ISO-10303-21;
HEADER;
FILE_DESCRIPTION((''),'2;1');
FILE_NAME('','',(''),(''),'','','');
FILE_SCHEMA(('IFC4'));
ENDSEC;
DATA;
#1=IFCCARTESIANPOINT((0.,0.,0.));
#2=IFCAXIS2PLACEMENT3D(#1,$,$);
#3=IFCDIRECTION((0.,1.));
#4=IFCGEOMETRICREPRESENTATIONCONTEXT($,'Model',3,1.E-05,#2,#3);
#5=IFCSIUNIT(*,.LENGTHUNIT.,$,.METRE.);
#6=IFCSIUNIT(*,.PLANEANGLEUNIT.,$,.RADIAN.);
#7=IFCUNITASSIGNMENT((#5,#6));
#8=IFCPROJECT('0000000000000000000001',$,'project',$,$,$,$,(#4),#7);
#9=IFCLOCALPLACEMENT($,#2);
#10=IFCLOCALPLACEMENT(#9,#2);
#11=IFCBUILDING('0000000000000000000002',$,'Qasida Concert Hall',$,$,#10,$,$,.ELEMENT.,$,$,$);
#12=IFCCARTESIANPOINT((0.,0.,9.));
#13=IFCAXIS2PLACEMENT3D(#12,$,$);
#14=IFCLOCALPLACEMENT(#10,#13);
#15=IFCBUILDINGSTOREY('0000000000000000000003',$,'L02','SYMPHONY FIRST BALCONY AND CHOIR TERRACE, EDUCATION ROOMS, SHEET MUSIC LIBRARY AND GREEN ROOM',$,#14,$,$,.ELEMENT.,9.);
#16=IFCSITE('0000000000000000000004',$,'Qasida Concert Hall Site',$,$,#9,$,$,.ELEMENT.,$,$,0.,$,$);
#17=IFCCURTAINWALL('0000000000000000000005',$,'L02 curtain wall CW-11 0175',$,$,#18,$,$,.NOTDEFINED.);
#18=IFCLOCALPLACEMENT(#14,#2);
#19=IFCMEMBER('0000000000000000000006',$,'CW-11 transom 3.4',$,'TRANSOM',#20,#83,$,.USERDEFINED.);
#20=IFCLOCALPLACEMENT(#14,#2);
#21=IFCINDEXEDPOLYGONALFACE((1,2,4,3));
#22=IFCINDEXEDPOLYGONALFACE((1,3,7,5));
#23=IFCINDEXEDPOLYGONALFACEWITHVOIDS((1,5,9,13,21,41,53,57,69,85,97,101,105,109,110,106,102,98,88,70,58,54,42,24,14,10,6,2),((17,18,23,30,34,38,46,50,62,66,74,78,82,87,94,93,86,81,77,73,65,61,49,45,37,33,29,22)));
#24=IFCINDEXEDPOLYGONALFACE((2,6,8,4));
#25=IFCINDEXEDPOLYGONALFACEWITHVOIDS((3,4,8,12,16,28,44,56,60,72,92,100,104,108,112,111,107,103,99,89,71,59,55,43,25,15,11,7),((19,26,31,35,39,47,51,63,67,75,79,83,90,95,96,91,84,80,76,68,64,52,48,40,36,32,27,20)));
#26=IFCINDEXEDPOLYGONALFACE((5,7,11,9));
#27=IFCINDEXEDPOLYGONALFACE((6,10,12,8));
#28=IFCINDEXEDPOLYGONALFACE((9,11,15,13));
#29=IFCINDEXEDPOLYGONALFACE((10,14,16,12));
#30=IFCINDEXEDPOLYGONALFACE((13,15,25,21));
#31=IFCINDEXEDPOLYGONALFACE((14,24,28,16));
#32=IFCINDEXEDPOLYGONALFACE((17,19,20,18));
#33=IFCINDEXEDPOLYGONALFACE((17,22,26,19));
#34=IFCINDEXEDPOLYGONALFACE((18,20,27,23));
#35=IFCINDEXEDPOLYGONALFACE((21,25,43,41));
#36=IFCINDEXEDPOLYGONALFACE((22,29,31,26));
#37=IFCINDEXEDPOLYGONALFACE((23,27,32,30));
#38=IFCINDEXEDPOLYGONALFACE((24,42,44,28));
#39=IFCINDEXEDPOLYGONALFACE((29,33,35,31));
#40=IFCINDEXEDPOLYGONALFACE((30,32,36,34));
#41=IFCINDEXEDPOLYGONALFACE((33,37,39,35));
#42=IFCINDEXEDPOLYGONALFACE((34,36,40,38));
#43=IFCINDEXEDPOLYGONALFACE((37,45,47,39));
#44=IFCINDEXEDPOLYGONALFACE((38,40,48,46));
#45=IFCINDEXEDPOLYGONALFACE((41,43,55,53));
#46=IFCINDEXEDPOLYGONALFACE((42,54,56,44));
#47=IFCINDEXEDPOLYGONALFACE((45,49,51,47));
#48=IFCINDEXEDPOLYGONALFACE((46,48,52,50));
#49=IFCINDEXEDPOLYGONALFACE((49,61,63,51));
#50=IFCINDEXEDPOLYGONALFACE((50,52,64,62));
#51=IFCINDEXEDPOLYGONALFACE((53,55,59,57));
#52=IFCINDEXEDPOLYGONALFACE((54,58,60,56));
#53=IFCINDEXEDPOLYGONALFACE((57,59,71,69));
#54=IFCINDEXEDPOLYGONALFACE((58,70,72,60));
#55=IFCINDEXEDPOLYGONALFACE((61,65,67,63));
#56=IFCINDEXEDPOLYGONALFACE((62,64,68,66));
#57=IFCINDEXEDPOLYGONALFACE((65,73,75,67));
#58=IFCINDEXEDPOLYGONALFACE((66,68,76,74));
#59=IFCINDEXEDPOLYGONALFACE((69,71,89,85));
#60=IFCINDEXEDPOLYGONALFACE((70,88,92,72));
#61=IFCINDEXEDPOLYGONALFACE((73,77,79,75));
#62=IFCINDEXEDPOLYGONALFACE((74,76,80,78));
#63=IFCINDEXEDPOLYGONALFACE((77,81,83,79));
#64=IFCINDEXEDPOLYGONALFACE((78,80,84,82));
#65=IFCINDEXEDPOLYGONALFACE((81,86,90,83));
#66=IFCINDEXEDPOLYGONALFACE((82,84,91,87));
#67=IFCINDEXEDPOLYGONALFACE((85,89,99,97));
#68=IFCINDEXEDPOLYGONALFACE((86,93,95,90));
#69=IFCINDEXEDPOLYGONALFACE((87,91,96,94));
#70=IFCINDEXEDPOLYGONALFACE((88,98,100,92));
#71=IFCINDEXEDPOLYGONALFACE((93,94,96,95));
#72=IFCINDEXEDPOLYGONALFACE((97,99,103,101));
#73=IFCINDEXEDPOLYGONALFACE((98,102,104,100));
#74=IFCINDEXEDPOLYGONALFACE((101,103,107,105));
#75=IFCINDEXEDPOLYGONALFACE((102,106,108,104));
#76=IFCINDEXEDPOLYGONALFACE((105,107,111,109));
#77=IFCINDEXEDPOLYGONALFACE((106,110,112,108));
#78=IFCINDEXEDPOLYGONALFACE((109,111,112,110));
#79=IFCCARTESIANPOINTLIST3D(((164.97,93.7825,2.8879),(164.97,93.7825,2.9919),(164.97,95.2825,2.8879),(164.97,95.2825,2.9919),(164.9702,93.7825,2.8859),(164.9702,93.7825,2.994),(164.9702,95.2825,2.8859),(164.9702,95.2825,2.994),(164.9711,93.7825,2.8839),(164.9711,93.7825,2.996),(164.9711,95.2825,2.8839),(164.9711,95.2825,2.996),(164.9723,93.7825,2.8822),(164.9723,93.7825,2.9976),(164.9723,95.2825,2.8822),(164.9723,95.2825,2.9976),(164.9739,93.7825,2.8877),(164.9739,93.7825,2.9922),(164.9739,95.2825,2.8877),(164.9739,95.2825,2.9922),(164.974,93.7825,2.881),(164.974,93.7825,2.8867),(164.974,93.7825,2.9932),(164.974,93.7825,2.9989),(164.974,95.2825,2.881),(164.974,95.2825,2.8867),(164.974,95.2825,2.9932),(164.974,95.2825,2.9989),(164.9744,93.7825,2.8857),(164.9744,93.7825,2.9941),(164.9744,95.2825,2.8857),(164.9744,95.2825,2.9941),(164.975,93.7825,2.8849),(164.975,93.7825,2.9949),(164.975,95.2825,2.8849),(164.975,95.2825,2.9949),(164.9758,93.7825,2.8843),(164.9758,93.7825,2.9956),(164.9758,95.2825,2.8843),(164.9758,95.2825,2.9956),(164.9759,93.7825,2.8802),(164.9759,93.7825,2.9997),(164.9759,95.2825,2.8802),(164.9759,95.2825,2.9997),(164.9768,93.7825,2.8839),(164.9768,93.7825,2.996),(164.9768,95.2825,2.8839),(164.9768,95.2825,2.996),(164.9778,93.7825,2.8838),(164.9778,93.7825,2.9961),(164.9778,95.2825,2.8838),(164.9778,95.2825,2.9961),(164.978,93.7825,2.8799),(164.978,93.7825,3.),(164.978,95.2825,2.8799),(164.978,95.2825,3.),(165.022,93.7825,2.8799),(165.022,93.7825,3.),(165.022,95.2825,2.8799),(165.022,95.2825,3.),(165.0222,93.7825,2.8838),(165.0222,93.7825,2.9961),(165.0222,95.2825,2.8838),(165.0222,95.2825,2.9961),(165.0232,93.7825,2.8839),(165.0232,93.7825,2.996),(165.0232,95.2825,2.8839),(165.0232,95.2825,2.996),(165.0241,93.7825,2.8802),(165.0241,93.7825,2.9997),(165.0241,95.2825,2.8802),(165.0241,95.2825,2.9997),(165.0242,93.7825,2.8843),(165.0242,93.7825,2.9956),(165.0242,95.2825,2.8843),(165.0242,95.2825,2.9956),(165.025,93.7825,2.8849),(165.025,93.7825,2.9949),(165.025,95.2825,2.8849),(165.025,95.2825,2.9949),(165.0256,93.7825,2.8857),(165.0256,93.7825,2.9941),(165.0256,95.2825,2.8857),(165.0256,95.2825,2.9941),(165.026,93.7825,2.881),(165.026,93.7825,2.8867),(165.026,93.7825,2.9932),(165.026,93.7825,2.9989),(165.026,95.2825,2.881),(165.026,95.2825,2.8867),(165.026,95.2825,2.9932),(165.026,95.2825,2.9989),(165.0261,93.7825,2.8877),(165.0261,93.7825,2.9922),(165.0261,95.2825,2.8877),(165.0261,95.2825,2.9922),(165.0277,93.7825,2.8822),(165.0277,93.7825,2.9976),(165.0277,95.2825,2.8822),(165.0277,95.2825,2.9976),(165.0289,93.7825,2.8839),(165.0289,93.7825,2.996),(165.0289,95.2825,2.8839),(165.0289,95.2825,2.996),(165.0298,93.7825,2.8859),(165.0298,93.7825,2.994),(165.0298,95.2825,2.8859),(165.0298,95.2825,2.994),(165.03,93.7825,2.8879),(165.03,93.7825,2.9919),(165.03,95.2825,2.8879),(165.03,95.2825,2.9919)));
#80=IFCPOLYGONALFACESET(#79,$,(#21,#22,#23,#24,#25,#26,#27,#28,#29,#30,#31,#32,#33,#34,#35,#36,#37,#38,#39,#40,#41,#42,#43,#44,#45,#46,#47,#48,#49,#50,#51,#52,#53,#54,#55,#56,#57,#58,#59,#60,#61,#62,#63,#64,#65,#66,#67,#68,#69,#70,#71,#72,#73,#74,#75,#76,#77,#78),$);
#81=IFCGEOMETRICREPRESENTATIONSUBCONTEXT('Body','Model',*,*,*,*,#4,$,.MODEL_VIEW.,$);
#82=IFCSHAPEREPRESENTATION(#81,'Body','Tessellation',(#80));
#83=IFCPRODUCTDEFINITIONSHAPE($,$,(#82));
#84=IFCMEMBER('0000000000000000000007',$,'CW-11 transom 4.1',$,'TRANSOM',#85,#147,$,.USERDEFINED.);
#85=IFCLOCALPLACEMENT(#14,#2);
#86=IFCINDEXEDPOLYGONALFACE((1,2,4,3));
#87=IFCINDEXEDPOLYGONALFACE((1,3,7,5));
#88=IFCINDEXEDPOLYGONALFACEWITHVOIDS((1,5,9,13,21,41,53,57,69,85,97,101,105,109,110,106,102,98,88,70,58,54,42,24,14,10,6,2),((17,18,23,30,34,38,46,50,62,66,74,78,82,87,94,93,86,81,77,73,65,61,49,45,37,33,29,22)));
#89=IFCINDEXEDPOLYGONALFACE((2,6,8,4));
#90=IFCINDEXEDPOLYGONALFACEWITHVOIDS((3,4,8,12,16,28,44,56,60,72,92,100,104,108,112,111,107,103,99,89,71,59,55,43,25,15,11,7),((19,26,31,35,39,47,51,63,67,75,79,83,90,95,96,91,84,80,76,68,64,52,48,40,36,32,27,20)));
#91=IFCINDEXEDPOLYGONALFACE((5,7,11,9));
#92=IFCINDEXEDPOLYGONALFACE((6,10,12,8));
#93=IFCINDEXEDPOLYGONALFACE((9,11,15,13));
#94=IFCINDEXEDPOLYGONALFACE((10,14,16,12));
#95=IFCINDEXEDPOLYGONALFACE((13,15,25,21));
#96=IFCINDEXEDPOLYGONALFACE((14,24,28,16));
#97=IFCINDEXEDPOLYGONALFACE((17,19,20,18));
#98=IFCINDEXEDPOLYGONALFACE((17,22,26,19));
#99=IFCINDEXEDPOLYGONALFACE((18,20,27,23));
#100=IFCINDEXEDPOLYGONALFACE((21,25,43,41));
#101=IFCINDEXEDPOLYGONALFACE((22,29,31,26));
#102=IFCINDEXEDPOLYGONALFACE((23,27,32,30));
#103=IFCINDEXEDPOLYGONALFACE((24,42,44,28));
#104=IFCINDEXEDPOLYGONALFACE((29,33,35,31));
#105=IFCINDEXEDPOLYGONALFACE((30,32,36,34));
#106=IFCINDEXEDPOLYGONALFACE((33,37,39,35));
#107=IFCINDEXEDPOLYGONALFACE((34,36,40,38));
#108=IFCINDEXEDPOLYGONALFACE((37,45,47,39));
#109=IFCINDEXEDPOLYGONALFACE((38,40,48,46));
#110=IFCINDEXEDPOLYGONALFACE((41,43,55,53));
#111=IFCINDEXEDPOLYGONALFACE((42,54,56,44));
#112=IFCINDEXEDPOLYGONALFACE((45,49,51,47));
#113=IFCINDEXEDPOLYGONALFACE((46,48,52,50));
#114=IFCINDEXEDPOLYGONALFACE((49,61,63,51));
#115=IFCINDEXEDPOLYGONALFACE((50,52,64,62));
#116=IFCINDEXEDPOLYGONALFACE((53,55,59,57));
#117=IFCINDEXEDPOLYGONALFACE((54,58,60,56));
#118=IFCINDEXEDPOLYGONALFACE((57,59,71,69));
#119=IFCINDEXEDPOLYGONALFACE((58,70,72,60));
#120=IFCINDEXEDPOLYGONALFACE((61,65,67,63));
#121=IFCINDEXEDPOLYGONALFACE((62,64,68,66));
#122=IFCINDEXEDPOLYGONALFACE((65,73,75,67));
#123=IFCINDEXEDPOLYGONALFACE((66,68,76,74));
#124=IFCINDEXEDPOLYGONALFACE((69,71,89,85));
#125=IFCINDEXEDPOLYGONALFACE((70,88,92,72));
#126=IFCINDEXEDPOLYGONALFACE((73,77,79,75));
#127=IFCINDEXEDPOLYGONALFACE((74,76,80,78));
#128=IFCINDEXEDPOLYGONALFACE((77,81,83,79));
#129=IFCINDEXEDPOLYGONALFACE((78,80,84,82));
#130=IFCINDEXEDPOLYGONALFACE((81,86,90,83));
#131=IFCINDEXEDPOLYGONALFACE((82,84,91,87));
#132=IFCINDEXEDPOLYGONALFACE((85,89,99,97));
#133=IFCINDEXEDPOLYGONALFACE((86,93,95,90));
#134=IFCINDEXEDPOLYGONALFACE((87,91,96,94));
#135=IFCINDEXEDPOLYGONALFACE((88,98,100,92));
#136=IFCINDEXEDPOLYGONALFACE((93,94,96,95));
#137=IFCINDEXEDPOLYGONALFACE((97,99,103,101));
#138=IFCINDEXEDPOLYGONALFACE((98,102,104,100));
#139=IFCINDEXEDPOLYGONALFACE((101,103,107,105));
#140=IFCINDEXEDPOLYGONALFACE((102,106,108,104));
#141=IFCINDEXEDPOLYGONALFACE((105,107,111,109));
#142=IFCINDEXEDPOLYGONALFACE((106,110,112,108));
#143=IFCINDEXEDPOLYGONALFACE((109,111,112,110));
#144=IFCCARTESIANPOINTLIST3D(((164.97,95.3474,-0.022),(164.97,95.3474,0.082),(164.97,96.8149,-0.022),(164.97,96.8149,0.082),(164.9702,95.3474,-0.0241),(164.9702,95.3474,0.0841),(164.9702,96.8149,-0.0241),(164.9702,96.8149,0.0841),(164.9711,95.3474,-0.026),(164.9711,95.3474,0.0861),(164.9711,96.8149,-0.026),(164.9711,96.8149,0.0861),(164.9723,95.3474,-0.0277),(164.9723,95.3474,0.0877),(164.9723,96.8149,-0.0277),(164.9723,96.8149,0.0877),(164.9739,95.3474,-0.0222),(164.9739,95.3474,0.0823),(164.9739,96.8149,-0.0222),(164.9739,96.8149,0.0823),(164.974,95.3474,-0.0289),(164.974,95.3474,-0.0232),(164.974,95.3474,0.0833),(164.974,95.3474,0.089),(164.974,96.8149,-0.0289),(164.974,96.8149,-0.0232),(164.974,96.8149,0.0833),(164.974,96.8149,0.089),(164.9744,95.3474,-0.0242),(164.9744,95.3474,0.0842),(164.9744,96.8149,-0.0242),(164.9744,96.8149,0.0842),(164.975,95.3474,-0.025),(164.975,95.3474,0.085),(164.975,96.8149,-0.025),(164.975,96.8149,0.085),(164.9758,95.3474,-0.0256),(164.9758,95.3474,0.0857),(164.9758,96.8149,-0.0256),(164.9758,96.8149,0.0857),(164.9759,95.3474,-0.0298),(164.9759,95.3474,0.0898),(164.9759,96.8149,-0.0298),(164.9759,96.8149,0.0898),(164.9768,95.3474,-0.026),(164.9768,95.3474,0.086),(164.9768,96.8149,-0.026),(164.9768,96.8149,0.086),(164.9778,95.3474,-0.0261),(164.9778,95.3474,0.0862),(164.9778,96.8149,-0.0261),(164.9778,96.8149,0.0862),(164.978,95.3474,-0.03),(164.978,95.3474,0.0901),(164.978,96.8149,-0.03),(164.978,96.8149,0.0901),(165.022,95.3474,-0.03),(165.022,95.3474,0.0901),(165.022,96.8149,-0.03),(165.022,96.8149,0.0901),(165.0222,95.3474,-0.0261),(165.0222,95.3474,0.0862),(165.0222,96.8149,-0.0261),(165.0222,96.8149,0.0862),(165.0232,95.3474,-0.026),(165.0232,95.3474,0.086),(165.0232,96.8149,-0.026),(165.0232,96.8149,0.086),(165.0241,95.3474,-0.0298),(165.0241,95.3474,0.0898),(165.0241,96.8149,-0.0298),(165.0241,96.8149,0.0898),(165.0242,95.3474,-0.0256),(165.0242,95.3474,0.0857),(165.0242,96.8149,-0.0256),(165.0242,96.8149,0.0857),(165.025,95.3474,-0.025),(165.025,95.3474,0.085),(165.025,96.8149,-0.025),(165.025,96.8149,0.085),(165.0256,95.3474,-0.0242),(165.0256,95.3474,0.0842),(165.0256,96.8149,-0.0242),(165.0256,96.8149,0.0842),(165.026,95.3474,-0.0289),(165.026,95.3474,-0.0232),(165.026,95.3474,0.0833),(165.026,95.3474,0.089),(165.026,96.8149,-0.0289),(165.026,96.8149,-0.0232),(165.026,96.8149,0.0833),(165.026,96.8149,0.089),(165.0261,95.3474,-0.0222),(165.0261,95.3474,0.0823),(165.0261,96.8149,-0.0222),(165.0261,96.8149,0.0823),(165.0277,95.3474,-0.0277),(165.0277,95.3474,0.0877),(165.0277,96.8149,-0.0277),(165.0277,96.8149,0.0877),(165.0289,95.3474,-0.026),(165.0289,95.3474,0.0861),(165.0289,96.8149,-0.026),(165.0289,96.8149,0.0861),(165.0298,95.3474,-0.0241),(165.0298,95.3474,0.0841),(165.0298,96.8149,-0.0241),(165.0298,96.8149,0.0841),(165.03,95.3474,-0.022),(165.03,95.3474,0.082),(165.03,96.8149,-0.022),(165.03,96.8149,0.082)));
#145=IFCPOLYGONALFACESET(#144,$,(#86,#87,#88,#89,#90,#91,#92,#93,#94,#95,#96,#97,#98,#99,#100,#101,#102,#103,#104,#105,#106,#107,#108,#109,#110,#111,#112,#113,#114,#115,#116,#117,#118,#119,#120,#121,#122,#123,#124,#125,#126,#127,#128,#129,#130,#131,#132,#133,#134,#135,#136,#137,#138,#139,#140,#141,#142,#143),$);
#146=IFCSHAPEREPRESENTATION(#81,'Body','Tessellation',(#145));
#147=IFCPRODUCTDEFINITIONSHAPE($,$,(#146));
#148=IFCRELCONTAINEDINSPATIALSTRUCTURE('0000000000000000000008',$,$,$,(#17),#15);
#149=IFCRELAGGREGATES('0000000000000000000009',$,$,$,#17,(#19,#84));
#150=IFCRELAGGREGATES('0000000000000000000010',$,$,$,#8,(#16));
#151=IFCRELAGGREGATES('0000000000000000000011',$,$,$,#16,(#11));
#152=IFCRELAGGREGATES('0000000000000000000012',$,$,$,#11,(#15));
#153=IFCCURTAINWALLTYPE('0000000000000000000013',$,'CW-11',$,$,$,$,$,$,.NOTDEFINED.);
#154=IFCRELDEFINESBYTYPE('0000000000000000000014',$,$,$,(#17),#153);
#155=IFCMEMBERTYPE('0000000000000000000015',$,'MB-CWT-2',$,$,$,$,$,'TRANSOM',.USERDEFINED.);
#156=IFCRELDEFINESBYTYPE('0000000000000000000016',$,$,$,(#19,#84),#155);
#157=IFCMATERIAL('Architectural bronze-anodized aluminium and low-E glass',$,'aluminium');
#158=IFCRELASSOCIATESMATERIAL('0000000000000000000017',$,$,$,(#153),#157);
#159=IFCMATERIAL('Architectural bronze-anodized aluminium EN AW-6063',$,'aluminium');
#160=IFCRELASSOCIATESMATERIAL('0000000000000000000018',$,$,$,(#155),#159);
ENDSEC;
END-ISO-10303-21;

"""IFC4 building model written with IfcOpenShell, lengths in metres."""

from ifc_helpers import new_model, si_unit, direction, frame, origin, origin_2d, place, context, subcontext, project, spatial, hollow_rectangle, extrude, material, material_profile, profile_set, type_object, element, aggregate, save


model = new_model("IFC4")

# Units and contexts
model_context = context("Model", 3, precision=1e-05, world=origin(), true_north=direction((0.0, 1.0)))
body_context = subcontext(model_context, "Body", "Model", "MODEL_VIEW")
ifc_project = project(units=[si_unit("LENGTHUNIT", "METRE"), si_unit("PLANEANGLEUNIT", "RADIAN")], contexts=[model_context])

# Site, building, storey
site_placement = place(None, origin())
site = spatial("IfcSite", under=ifc_project, at=site_placement, Name="Qasida Concert Hall Site", CompositionType="ELEMENT", RefElevation=0.0)
building_placement = place(site_placement, origin())
building = spatial("IfcBuilding", under=site, at=building_placement, Name="Qasida Concert Hall", CompositionType="ELEMENT")
storey_placement = place(building_placement, frame((0.0, 0.0, 9.0)))
storey = spatial("IfcBuildingStorey", under=building, at=storey_placement, Name="L02", Description="SYMPHONY FIRST BALCONY AND CHOIR TERRACE, EDUCATION ROOMS, SHEET MUSIC LIBRARY AND GREEN ROOM", CompositionType="ELEMENT", Elevation=9.0)

# Curtain wall, members
ifc_material_1 = material(Name="Architectural bronze-anodized aluminium and low-E glass", Category="aluminium")
curtain_wall_type = type_object("IfcCurtainWallType", Name="CW-11", PredefinedType="NOTDEFINED", material=ifc_material_1)
curtain_wall_placement = place(storey_placement, origin())
curtain_wall = element("IfcCurtainWall", 1, at=curtain_wall_placement, inside=storey, type_object=curtain_wall_type, Name="L02 curtain wall CW-11 0175", PredefinedType="NOTDEFINED")
ifc_material_2 = material(Name="Architectural bronze-anodized aluminium EN AW-6063", Category="aluminium")
ifc_material_profile_1 = material_profile(ifc_material_2, hollow_rectangle(XDim=0.0601, YDim=0.1201, WallThickness=0.0039, InnerFilletRadius=0.0039, OuterFilletRadius=0.0081, at=origin_2d()), Name="CWT 120x60x4")
ifc_profile_set_1 = profile_set([ifc_material_profile_1], Name="Architectural bronze-anodized aluminium EN AW-6063")
member_type_1 = type_object("IfcMemberType", Name="MB-CWT-2", ElementType="TRANSOM", PredefinedType="USERDEFINED", material=ifc_profile_set_1)
member_1_placement = place(storey_placement, frame((165.0, 93.7825, 2.9399), z_axis=(0.0, 1.0, 0.0), x_axis=(-1.0, 0.0, 0.0)))
member_1 = element("IfcMember", 2, at=member_1_placement, type_object=member_type_1, Name="CW-11 transom 3.4", ObjectType="TRANSOM", PredefinedType="USERDEFINED", context=body_context, shape_type="SweptSolid", body=[
    extrude(hollow_rectangle(XDim=0.0601, YDim=0.1201, WallThickness=0.0039, InnerFilletRadius=0.0039, OuterFilletRadius=0.0081, at=origin_2d()), origin(), (0.0, 0.0, 1.0), 1.5),
])
member_2_placement = place(storey_placement, frame((165.0, 95.3474, 0.03), z_axis=(0.0, 1.0, 0.0), x_axis=(-1.0, 0.0, 0.0)))
member_2 = element("IfcMember", 3, at=member_2_placement, type_object=member_type_1, Name="CW-11 transom 4.1", ObjectType="TRANSOM", PredefinedType="USERDEFINED", context=body_context, shape_type="SweptSolid", body=[
    extrude(hollow_rectangle(XDim=0.0601, YDim=0.1201, WallThickness=0.0039, InnerFilletRadius=0.0039, OuterFilletRadius=0.0081, at=origin_2d()), origin(), (0.0, 0.0, 1.0), 1.4675),
])
aggregate(curtain_wall, [member_1, member_2])

save(model, "model.ifc")
